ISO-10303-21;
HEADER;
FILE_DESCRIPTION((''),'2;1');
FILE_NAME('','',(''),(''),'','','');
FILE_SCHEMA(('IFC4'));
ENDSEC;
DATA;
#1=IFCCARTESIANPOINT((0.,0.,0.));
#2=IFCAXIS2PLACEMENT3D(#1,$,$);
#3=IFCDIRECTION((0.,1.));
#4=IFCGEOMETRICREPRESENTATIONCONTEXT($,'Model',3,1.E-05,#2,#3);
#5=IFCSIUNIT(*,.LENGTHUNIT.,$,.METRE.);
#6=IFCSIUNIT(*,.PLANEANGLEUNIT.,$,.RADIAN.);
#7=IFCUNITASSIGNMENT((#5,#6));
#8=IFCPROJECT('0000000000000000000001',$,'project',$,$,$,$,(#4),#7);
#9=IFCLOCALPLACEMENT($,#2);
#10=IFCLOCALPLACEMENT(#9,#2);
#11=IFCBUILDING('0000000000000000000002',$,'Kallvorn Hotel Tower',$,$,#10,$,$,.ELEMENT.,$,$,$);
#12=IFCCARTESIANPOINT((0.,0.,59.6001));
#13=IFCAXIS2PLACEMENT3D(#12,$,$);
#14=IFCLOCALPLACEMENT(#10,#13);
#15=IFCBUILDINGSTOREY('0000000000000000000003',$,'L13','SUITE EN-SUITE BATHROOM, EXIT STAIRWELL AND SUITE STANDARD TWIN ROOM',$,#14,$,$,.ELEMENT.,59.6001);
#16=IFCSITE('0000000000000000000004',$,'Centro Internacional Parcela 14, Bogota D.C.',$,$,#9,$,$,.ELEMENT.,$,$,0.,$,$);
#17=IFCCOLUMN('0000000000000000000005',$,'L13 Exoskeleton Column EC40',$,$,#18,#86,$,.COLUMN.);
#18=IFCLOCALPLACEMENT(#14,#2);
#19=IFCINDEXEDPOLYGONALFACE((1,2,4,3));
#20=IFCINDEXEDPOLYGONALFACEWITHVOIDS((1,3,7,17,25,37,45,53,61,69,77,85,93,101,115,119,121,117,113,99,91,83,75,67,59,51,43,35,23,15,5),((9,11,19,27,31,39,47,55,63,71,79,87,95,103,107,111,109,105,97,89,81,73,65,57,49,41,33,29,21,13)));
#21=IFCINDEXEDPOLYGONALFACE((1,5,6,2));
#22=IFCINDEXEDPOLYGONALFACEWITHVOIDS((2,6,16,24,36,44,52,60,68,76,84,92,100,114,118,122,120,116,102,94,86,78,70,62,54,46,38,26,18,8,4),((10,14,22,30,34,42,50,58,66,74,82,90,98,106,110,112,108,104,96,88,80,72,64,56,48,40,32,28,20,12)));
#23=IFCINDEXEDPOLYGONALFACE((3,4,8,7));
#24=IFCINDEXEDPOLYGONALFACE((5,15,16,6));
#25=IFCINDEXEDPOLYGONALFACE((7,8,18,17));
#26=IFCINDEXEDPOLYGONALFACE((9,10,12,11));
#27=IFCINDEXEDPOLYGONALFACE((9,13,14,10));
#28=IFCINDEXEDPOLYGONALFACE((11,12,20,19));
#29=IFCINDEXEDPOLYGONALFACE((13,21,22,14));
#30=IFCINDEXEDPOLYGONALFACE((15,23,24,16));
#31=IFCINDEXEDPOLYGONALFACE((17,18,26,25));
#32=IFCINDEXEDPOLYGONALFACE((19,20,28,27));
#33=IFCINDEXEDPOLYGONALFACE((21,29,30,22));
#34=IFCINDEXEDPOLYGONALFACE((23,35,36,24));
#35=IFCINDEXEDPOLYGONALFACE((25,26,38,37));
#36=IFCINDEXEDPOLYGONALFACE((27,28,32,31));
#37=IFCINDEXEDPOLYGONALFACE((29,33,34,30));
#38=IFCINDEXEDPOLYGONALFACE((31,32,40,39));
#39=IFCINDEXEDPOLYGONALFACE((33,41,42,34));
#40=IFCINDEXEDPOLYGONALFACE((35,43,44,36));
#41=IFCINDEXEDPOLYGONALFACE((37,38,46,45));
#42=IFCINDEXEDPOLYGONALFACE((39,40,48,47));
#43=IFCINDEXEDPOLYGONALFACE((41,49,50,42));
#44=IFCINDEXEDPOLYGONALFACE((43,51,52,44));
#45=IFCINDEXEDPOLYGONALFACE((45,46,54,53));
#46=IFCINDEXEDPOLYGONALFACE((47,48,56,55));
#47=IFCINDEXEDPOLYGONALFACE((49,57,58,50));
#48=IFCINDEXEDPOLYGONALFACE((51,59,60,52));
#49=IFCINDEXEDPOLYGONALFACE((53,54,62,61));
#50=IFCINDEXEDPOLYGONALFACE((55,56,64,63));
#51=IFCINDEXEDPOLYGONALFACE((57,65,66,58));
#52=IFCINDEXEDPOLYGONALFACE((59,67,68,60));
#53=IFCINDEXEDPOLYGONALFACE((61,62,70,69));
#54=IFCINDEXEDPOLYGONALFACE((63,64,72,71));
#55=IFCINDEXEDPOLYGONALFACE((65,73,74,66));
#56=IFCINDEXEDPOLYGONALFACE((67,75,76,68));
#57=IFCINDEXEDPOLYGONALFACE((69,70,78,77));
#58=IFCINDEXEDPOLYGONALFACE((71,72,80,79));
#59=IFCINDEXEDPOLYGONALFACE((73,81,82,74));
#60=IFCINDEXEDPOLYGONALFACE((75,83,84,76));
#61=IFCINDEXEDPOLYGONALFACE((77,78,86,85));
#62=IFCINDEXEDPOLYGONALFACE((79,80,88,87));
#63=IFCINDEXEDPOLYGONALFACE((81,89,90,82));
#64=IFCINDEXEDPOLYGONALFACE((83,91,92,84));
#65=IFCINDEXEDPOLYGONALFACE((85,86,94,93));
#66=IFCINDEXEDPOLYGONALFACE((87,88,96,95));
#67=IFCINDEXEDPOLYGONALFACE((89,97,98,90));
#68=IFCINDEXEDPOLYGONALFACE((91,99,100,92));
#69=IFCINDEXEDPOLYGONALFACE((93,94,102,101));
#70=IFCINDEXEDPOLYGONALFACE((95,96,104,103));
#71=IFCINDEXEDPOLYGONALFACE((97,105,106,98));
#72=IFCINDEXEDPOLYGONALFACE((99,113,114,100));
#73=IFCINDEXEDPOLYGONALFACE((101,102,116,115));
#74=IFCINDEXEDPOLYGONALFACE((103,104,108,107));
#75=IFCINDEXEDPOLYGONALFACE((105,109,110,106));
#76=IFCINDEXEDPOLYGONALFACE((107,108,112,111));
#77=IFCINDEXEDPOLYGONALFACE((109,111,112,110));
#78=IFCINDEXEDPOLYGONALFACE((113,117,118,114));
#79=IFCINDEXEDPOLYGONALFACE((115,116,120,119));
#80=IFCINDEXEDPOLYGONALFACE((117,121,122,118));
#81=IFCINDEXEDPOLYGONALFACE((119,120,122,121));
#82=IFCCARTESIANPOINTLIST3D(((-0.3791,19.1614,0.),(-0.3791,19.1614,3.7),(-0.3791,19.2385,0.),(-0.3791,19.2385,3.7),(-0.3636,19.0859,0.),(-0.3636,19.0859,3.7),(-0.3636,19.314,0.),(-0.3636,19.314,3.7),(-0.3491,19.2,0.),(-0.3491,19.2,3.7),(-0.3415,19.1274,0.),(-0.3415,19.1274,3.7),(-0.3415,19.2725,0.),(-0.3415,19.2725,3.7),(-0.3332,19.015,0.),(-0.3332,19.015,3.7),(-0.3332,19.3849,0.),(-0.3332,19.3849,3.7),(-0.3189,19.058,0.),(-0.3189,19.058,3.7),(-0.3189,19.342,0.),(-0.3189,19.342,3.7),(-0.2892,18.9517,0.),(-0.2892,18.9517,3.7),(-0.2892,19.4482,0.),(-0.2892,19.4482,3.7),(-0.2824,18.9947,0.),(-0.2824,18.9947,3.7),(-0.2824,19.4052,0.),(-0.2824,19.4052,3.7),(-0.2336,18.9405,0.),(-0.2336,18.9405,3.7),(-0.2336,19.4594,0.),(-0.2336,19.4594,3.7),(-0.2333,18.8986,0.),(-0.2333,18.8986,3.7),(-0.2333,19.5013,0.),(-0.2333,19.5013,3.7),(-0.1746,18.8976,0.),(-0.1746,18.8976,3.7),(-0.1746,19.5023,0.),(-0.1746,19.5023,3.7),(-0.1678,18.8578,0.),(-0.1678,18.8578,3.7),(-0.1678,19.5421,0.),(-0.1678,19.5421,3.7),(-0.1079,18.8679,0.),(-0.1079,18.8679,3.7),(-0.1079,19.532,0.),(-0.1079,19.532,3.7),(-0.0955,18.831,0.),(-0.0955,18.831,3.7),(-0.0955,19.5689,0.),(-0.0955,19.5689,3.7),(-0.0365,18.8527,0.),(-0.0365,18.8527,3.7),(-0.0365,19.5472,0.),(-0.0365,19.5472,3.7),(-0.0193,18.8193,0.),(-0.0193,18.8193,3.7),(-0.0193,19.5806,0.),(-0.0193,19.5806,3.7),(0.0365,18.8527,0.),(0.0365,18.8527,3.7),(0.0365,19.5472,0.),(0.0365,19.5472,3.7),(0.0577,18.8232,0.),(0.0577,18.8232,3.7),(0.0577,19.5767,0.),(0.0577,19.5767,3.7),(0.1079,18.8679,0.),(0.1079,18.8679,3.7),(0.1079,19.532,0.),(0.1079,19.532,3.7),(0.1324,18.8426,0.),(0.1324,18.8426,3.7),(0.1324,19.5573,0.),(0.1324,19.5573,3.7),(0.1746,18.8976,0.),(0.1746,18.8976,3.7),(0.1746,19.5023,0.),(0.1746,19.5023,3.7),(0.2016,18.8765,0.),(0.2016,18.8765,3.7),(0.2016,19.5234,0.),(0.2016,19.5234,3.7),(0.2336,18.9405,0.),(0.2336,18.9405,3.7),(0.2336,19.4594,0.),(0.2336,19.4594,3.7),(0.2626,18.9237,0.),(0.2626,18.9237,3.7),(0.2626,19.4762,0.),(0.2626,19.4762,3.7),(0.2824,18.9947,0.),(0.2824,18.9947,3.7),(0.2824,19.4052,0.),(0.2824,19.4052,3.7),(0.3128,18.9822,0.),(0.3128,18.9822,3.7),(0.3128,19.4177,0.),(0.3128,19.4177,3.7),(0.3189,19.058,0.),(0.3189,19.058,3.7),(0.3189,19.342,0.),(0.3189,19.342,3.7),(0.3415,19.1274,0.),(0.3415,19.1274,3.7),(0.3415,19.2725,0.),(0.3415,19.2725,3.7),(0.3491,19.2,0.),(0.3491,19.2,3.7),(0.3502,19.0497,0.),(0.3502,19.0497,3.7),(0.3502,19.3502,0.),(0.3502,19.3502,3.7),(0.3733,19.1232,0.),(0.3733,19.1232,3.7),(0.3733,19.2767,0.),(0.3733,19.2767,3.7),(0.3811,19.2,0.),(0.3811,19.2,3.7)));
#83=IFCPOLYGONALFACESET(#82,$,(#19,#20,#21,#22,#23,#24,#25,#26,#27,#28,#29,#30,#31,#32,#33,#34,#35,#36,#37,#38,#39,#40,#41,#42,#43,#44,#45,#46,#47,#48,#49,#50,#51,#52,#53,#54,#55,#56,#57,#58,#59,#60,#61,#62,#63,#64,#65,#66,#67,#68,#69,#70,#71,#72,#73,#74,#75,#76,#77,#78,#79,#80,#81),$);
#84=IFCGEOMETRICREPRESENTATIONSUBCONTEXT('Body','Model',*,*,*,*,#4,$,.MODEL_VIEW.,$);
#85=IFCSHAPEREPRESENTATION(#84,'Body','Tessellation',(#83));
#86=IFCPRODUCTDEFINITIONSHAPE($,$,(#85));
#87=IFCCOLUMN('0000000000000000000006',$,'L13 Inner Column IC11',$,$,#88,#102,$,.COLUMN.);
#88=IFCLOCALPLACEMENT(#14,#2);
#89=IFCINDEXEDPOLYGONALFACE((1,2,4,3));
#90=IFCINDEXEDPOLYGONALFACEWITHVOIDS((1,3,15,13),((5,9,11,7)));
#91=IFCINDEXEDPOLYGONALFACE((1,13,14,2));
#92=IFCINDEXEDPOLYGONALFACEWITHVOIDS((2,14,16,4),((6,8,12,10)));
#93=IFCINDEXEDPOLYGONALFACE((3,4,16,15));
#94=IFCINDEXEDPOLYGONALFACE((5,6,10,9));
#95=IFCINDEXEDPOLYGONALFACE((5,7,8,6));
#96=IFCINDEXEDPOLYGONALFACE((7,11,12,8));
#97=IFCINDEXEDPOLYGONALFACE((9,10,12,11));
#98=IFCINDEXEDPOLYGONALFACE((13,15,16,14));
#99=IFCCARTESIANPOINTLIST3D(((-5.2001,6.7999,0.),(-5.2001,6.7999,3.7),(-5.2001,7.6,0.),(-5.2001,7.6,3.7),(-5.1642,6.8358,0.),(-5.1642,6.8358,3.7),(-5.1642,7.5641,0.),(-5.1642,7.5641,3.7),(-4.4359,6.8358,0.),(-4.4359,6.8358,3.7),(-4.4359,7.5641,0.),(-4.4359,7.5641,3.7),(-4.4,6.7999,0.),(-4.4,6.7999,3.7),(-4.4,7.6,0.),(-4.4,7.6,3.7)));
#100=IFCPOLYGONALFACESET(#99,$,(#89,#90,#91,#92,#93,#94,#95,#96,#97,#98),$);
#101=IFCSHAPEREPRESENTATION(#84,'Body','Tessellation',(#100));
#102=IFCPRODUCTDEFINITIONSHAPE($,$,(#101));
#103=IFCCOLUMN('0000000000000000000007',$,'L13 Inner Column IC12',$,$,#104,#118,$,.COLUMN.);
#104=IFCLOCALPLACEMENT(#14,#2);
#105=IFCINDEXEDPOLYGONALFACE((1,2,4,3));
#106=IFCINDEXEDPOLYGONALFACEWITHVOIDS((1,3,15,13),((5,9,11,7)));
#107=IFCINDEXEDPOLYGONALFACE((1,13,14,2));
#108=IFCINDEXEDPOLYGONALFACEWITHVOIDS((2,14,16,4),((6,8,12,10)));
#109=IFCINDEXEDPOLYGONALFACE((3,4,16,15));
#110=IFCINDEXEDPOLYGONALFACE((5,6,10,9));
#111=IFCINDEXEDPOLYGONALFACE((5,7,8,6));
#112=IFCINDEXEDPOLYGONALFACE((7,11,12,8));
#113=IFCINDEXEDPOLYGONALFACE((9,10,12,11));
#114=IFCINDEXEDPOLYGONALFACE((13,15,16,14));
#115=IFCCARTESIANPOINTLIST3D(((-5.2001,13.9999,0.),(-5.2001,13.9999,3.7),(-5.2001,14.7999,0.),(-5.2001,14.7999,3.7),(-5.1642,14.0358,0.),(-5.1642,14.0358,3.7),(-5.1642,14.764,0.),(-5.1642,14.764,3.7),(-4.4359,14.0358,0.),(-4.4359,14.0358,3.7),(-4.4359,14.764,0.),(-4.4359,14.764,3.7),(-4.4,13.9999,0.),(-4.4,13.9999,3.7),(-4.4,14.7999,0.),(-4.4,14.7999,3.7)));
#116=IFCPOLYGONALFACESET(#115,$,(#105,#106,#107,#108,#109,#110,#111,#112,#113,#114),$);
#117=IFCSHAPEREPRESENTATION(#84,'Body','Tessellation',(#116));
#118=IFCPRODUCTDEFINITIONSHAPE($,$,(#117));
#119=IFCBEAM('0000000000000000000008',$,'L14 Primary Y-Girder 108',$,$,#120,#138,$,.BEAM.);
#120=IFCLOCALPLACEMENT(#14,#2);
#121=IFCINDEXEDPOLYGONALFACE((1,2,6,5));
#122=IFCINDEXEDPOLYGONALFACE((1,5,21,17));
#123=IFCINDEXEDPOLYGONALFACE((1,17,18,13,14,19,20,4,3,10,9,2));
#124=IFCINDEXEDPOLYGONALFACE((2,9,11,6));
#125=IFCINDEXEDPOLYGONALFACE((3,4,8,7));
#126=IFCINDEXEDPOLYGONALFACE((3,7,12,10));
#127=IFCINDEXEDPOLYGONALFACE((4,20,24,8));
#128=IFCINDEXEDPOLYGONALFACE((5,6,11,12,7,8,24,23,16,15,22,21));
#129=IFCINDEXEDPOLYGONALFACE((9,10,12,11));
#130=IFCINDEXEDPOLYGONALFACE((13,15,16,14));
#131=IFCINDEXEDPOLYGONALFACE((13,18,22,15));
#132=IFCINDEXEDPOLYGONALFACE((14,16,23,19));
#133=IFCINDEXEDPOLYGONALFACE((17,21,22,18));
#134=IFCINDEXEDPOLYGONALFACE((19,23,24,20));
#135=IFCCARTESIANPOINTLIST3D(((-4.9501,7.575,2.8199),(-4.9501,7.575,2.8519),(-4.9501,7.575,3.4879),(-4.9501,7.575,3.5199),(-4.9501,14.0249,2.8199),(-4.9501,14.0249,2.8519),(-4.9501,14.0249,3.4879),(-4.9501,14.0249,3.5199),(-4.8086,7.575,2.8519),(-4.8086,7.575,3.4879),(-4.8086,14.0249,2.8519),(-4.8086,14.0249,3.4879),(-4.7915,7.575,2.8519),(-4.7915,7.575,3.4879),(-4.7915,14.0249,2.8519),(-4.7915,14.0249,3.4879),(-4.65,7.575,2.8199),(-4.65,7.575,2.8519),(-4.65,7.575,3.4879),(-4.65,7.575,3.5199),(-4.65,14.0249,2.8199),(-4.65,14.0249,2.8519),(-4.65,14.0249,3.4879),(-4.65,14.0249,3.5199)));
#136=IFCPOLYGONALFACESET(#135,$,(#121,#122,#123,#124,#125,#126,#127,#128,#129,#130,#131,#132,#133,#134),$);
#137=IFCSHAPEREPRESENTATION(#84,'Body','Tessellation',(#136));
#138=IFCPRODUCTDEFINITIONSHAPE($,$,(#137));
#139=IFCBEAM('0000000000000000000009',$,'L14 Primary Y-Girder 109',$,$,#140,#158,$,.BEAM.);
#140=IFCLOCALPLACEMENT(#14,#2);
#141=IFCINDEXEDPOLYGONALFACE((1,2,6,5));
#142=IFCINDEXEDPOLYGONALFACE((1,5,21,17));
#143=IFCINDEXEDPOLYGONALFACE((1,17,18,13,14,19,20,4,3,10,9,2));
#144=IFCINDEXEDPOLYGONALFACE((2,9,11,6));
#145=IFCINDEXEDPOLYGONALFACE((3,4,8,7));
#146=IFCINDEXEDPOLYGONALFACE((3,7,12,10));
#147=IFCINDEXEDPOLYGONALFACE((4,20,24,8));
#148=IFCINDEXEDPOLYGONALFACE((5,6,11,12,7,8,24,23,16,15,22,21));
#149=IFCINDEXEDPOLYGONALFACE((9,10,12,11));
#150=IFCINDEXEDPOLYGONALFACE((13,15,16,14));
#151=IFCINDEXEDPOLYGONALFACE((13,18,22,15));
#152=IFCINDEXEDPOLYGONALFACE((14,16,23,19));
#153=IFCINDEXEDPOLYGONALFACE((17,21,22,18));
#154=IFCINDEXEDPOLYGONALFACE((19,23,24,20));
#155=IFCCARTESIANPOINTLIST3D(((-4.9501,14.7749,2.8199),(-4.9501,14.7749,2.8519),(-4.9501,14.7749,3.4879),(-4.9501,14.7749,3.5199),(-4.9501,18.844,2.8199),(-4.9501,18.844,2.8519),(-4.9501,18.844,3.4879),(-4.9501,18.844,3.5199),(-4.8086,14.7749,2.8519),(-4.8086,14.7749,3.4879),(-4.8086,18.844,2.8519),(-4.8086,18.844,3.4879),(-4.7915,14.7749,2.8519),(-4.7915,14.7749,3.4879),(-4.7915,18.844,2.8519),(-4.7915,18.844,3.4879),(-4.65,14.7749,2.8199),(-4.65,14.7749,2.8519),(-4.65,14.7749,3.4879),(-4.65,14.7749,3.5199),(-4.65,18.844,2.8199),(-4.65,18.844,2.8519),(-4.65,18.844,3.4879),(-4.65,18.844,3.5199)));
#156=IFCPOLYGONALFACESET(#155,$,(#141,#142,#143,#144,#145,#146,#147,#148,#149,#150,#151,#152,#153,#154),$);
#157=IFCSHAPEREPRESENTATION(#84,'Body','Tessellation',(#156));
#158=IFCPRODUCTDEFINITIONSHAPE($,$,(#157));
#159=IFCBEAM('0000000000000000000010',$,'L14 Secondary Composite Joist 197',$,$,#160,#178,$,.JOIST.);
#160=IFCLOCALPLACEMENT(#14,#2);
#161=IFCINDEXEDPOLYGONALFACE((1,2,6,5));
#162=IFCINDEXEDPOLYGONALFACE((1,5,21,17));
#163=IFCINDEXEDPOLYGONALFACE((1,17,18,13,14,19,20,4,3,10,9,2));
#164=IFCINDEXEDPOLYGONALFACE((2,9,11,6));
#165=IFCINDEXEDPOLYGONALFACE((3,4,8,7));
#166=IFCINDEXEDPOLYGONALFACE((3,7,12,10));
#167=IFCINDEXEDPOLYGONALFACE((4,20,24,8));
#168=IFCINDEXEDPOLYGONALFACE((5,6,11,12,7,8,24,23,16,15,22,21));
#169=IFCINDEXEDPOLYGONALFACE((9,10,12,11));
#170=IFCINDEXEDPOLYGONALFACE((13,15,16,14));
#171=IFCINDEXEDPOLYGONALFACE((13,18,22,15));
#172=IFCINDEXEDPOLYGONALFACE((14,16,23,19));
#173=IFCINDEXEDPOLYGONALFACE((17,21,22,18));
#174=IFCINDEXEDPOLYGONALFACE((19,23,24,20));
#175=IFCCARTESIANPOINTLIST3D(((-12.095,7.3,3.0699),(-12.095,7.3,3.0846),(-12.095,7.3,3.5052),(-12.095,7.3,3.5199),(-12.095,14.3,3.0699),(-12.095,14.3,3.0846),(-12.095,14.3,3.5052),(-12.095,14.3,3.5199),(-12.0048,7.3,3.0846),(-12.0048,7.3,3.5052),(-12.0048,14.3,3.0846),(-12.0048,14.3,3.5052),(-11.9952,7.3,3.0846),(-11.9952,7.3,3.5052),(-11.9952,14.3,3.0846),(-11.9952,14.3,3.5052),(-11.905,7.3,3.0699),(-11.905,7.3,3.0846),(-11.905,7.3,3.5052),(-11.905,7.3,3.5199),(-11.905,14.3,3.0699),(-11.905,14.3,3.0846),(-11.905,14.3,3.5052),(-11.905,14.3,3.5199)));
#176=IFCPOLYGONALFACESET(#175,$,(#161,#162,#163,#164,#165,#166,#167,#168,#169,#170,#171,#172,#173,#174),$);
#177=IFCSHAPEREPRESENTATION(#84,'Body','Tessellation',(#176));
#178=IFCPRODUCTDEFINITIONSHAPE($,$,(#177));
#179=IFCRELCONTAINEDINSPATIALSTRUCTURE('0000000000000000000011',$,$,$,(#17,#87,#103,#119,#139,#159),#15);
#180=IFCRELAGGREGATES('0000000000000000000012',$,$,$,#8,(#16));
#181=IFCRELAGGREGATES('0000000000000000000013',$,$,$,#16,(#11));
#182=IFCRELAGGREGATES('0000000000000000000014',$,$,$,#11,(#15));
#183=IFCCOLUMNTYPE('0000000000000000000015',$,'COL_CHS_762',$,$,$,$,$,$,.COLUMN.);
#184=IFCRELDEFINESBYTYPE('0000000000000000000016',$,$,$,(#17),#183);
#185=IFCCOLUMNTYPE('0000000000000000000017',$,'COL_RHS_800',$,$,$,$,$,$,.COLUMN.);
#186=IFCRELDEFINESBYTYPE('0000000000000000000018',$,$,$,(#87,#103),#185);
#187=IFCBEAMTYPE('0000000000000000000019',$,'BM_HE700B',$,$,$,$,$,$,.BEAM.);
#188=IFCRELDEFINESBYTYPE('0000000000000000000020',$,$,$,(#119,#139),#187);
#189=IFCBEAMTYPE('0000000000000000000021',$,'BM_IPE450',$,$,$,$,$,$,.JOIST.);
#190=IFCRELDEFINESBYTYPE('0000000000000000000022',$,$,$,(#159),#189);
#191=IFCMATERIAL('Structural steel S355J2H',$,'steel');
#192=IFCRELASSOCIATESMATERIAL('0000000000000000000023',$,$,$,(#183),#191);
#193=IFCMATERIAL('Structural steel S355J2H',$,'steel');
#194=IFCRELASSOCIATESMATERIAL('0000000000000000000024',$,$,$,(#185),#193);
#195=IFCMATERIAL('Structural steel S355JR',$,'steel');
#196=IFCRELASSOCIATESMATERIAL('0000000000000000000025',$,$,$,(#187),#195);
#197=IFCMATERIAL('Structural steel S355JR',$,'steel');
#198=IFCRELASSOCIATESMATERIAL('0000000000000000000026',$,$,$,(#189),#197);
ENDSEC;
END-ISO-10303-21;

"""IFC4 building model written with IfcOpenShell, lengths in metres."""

from ifc_helpers import new_model, si_unit, direction, frame, origin, origin_2d, place, context, subcontext, project, spatial, hollow_rectangle, hollow_circle, i_section, extrude, material, material_profile, profile_set, type_object, element, save


model = new_model("IFC4")

# Units and contexts
model_context = context("Model", 3, precision=1e-05, world=origin(), true_north=direction((0.0, 1.0)))
body_context = subcontext(model_context, "Body", "Model", "MODEL_VIEW")
ifc_project = project(units=[si_unit("LENGTHUNIT", "METRE"), si_unit("PLANEANGLEUNIT", "RADIAN")], contexts=[model_context])

# Site, building, storey
site_placement = place(None, origin())
site = spatial("IfcSite", under=ifc_project, at=site_placement, Name="Centro Internacional Parcela 14, Bogota D.C.", CompositionType="ELEMENT", RefElevation=0.0)
building_placement = place(site_placement, origin())
building = spatial("IfcBuilding", under=site, at=building_placement, Name="Kallvorn Hotel Tower", CompositionType="ELEMENT")
storey_placement = place(building_placement, frame((0.0, 0.0, 59.6001)))
storey = spatial("IfcBuildingStorey", under=building, at=storey_placement, Name="L13", Description="SUITE EN-SUITE BATHROOM, EXIT STAIRWELL AND SUITE STANDARD TWIN ROOM", CompositionType="ELEMENT", Elevation=59.6001)

# Columns
ifc_material_1 = material(Name="Structural steel S355J2H", Category="steel")
ifc_material_profile_1 = material_profile(ifc_material_1, hollow_circle(Radius=0.3811, WallThickness=0.032, at=origin_2d()), Name="CHS 762x32")
ifc_profile_set_1 = profile_set([ifc_material_profile_1], Name="Structural steel S355J2H")
column_type_1 = type_object("IfcColumnType", Name="COL_CHS_762", PredefinedType="COLUMN", material=ifc_profile_set_1)
for number, where, z_axis, x_axis, name in (
    (1, (0.0, 19.2, 0.0), (0.0, 0.0, 1.0), (1.0, 0.0, 0.0), "L13 Exoskeleton Column EC40"),
):
    element("IfcColumn", number, at=place(storey_placement, frame(where, z_axis=z_axis, x_axis=x_axis)), inside=storey, type_object=column_type_1, Name=name, PredefinedType="COLUMN", context=body_context, shape_type="SweptSolid", body=[
        extrude(hollow_circle(Radius=0.3811, WallThickness=0.032, at=origin_2d()), origin(), (0.0, 0.0, 1.0), 3.7),
    ])
ifc_material_2 = material(Name="Structural steel S355J2H", Category="steel")
ifc_material_profile_2 = material_profile(ifc_material_2, hollow_rectangle(XDim=0.8, YDim=0.8, WallThickness=0.0359, at=origin_2d()), Name="RHS 800x800x36")
ifc_profile_set_2 = profile_set([ifc_material_profile_2], Name="Structural steel S355J2H")
column_type_2 = type_object("IfcColumnType", Name="COL_RHS_800", PredefinedType="COLUMN", material=ifc_profile_set_2)
for number, where, z_axis, x_axis, name in (
    (2, (-4.8, 7.2, 0.0), (0.0, 0.0, 1.0), (1.0, 0.0, 0.0), "L13 Inner Column IC11"),
    (3, (-4.8, 14.3999, 0.0), (0.0, 0.0, 1.0), (1.0, 0.0, 0.0), "L13 Inner Column IC12"),
):
    element("IfcColumn", number, at=place(storey_placement, frame(where, z_axis=z_axis, x_axis=x_axis)), inside=storey, type_object=column_type_2, Name=name, PredefinedType="COLUMN", context=body_context, shape_type="SweptSolid", body=[
        extrude(hollow_rectangle(XDim=0.8, YDim=0.8, WallThickness=0.0359, at=origin_2d()), origin(), (0.0, 0.0, 1.0), 3.7),
    ])

# Beams
ifc_material_3 = material(Name="Structural steel S355JR", Category="steel")
ifc_material_profile_3 = material_profile(ifc_material_3, i_section(OverallWidth=0.3, OverallDepth=0.7, WebThickness=0.0171, FlangeThickness=0.032, at=origin_2d()), Name="HE 700 B")
ifc_profile_set_3 = profile_set([ifc_material_profile_3], Name="Structural steel S355JR")
beam_type_1 = type_object("IfcBeamType", Name="BM_HE700B", PredefinedType="BEAM", material=ifc_profile_set_3)
beam_1_placement = place(storey_placement, frame((-4.8, 7.575, 3.1699), z_axis=(0.0, 1.0, 0.0), x_axis=(-1.0, 0.0, 0.0)))
element("IfcBeam", 4, at=beam_1_placement, inside=storey, type_object=beam_type_1, Name="L14 Primary Y-Girder 108", PredefinedType="BEAM", context=body_context, shape_type="SweptSolid", body=[
    extrude(i_section(OverallWidth=0.3, OverallDepth=0.7, WebThickness=0.0171, FlangeThickness=0.032, at=origin_2d()), origin(), (0.0, 0.0, 1.0), 6.45),
])
beam_2_placement = place(storey_placement, frame((-4.8, 14.7749, 3.1699), z_axis=(0.0, 1.0, 0.0), x_axis=(-1.0, 0.0, 0.0)))
element("IfcBeam", 5, at=beam_2_placement, inside=storey, type_object=beam_type_1, Name="L14 Primary Y-Girder 109", PredefinedType="BEAM", context=body_context, shape_type="SweptSolid", body=[
    extrude(i_section(OverallWidth=0.3, OverallDepth=0.7, WebThickness=0.0171, FlangeThickness=0.032, at=origin_2d()), origin(), (0.0, 0.0, 1.0), 4.0691),
])
ifc_material_4 = material(Name="Structural steel S355JR", Category="steel")
ifc_material_profile_4 = material_profile(ifc_material_4, i_section(OverallWidth=0.1899, OverallDepth=0.45, WebThickness=0.0095, FlangeThickness=0.0146, at=origin_2d()), Name="IPE 450")
ifc_profile_set_4 = profile_set([ifc_material_profile_4], Name="Structural steel S355JR")
beam_type_2 = type_object("IfcBeamType", Name="BM_IPE450", PredefinedType="JOIST", material=ifc_profile_set_4)
for number, where, z_axis, x_axis, name in (
    (6, (-12.0, 7.3, 3.2949), (0.0, 1.0, 0.0), (-1.0, 0.0, 0.0), "L14 Secondary Composite Joist 197"),
):
    element("IfcBeam", number, at=place(storey_placement, frame(where, z_axis=z_axis, x_axis=x_axis)), inside=storey, type_object=beam_type_2, Name=name, PredefinedType="JOIST", context=body_context, shape_type="SweptSolid", body=[
        extrude(i_section(OverallWidth=0.1899, OverallDepth=0.45, WebThickness=0.0095, FlangeThickness=0.0146, at=origin_2d()), origin(), (0.0, 0.0, 1.0), 7.0),
    ])

save(model, "model.ifc")
